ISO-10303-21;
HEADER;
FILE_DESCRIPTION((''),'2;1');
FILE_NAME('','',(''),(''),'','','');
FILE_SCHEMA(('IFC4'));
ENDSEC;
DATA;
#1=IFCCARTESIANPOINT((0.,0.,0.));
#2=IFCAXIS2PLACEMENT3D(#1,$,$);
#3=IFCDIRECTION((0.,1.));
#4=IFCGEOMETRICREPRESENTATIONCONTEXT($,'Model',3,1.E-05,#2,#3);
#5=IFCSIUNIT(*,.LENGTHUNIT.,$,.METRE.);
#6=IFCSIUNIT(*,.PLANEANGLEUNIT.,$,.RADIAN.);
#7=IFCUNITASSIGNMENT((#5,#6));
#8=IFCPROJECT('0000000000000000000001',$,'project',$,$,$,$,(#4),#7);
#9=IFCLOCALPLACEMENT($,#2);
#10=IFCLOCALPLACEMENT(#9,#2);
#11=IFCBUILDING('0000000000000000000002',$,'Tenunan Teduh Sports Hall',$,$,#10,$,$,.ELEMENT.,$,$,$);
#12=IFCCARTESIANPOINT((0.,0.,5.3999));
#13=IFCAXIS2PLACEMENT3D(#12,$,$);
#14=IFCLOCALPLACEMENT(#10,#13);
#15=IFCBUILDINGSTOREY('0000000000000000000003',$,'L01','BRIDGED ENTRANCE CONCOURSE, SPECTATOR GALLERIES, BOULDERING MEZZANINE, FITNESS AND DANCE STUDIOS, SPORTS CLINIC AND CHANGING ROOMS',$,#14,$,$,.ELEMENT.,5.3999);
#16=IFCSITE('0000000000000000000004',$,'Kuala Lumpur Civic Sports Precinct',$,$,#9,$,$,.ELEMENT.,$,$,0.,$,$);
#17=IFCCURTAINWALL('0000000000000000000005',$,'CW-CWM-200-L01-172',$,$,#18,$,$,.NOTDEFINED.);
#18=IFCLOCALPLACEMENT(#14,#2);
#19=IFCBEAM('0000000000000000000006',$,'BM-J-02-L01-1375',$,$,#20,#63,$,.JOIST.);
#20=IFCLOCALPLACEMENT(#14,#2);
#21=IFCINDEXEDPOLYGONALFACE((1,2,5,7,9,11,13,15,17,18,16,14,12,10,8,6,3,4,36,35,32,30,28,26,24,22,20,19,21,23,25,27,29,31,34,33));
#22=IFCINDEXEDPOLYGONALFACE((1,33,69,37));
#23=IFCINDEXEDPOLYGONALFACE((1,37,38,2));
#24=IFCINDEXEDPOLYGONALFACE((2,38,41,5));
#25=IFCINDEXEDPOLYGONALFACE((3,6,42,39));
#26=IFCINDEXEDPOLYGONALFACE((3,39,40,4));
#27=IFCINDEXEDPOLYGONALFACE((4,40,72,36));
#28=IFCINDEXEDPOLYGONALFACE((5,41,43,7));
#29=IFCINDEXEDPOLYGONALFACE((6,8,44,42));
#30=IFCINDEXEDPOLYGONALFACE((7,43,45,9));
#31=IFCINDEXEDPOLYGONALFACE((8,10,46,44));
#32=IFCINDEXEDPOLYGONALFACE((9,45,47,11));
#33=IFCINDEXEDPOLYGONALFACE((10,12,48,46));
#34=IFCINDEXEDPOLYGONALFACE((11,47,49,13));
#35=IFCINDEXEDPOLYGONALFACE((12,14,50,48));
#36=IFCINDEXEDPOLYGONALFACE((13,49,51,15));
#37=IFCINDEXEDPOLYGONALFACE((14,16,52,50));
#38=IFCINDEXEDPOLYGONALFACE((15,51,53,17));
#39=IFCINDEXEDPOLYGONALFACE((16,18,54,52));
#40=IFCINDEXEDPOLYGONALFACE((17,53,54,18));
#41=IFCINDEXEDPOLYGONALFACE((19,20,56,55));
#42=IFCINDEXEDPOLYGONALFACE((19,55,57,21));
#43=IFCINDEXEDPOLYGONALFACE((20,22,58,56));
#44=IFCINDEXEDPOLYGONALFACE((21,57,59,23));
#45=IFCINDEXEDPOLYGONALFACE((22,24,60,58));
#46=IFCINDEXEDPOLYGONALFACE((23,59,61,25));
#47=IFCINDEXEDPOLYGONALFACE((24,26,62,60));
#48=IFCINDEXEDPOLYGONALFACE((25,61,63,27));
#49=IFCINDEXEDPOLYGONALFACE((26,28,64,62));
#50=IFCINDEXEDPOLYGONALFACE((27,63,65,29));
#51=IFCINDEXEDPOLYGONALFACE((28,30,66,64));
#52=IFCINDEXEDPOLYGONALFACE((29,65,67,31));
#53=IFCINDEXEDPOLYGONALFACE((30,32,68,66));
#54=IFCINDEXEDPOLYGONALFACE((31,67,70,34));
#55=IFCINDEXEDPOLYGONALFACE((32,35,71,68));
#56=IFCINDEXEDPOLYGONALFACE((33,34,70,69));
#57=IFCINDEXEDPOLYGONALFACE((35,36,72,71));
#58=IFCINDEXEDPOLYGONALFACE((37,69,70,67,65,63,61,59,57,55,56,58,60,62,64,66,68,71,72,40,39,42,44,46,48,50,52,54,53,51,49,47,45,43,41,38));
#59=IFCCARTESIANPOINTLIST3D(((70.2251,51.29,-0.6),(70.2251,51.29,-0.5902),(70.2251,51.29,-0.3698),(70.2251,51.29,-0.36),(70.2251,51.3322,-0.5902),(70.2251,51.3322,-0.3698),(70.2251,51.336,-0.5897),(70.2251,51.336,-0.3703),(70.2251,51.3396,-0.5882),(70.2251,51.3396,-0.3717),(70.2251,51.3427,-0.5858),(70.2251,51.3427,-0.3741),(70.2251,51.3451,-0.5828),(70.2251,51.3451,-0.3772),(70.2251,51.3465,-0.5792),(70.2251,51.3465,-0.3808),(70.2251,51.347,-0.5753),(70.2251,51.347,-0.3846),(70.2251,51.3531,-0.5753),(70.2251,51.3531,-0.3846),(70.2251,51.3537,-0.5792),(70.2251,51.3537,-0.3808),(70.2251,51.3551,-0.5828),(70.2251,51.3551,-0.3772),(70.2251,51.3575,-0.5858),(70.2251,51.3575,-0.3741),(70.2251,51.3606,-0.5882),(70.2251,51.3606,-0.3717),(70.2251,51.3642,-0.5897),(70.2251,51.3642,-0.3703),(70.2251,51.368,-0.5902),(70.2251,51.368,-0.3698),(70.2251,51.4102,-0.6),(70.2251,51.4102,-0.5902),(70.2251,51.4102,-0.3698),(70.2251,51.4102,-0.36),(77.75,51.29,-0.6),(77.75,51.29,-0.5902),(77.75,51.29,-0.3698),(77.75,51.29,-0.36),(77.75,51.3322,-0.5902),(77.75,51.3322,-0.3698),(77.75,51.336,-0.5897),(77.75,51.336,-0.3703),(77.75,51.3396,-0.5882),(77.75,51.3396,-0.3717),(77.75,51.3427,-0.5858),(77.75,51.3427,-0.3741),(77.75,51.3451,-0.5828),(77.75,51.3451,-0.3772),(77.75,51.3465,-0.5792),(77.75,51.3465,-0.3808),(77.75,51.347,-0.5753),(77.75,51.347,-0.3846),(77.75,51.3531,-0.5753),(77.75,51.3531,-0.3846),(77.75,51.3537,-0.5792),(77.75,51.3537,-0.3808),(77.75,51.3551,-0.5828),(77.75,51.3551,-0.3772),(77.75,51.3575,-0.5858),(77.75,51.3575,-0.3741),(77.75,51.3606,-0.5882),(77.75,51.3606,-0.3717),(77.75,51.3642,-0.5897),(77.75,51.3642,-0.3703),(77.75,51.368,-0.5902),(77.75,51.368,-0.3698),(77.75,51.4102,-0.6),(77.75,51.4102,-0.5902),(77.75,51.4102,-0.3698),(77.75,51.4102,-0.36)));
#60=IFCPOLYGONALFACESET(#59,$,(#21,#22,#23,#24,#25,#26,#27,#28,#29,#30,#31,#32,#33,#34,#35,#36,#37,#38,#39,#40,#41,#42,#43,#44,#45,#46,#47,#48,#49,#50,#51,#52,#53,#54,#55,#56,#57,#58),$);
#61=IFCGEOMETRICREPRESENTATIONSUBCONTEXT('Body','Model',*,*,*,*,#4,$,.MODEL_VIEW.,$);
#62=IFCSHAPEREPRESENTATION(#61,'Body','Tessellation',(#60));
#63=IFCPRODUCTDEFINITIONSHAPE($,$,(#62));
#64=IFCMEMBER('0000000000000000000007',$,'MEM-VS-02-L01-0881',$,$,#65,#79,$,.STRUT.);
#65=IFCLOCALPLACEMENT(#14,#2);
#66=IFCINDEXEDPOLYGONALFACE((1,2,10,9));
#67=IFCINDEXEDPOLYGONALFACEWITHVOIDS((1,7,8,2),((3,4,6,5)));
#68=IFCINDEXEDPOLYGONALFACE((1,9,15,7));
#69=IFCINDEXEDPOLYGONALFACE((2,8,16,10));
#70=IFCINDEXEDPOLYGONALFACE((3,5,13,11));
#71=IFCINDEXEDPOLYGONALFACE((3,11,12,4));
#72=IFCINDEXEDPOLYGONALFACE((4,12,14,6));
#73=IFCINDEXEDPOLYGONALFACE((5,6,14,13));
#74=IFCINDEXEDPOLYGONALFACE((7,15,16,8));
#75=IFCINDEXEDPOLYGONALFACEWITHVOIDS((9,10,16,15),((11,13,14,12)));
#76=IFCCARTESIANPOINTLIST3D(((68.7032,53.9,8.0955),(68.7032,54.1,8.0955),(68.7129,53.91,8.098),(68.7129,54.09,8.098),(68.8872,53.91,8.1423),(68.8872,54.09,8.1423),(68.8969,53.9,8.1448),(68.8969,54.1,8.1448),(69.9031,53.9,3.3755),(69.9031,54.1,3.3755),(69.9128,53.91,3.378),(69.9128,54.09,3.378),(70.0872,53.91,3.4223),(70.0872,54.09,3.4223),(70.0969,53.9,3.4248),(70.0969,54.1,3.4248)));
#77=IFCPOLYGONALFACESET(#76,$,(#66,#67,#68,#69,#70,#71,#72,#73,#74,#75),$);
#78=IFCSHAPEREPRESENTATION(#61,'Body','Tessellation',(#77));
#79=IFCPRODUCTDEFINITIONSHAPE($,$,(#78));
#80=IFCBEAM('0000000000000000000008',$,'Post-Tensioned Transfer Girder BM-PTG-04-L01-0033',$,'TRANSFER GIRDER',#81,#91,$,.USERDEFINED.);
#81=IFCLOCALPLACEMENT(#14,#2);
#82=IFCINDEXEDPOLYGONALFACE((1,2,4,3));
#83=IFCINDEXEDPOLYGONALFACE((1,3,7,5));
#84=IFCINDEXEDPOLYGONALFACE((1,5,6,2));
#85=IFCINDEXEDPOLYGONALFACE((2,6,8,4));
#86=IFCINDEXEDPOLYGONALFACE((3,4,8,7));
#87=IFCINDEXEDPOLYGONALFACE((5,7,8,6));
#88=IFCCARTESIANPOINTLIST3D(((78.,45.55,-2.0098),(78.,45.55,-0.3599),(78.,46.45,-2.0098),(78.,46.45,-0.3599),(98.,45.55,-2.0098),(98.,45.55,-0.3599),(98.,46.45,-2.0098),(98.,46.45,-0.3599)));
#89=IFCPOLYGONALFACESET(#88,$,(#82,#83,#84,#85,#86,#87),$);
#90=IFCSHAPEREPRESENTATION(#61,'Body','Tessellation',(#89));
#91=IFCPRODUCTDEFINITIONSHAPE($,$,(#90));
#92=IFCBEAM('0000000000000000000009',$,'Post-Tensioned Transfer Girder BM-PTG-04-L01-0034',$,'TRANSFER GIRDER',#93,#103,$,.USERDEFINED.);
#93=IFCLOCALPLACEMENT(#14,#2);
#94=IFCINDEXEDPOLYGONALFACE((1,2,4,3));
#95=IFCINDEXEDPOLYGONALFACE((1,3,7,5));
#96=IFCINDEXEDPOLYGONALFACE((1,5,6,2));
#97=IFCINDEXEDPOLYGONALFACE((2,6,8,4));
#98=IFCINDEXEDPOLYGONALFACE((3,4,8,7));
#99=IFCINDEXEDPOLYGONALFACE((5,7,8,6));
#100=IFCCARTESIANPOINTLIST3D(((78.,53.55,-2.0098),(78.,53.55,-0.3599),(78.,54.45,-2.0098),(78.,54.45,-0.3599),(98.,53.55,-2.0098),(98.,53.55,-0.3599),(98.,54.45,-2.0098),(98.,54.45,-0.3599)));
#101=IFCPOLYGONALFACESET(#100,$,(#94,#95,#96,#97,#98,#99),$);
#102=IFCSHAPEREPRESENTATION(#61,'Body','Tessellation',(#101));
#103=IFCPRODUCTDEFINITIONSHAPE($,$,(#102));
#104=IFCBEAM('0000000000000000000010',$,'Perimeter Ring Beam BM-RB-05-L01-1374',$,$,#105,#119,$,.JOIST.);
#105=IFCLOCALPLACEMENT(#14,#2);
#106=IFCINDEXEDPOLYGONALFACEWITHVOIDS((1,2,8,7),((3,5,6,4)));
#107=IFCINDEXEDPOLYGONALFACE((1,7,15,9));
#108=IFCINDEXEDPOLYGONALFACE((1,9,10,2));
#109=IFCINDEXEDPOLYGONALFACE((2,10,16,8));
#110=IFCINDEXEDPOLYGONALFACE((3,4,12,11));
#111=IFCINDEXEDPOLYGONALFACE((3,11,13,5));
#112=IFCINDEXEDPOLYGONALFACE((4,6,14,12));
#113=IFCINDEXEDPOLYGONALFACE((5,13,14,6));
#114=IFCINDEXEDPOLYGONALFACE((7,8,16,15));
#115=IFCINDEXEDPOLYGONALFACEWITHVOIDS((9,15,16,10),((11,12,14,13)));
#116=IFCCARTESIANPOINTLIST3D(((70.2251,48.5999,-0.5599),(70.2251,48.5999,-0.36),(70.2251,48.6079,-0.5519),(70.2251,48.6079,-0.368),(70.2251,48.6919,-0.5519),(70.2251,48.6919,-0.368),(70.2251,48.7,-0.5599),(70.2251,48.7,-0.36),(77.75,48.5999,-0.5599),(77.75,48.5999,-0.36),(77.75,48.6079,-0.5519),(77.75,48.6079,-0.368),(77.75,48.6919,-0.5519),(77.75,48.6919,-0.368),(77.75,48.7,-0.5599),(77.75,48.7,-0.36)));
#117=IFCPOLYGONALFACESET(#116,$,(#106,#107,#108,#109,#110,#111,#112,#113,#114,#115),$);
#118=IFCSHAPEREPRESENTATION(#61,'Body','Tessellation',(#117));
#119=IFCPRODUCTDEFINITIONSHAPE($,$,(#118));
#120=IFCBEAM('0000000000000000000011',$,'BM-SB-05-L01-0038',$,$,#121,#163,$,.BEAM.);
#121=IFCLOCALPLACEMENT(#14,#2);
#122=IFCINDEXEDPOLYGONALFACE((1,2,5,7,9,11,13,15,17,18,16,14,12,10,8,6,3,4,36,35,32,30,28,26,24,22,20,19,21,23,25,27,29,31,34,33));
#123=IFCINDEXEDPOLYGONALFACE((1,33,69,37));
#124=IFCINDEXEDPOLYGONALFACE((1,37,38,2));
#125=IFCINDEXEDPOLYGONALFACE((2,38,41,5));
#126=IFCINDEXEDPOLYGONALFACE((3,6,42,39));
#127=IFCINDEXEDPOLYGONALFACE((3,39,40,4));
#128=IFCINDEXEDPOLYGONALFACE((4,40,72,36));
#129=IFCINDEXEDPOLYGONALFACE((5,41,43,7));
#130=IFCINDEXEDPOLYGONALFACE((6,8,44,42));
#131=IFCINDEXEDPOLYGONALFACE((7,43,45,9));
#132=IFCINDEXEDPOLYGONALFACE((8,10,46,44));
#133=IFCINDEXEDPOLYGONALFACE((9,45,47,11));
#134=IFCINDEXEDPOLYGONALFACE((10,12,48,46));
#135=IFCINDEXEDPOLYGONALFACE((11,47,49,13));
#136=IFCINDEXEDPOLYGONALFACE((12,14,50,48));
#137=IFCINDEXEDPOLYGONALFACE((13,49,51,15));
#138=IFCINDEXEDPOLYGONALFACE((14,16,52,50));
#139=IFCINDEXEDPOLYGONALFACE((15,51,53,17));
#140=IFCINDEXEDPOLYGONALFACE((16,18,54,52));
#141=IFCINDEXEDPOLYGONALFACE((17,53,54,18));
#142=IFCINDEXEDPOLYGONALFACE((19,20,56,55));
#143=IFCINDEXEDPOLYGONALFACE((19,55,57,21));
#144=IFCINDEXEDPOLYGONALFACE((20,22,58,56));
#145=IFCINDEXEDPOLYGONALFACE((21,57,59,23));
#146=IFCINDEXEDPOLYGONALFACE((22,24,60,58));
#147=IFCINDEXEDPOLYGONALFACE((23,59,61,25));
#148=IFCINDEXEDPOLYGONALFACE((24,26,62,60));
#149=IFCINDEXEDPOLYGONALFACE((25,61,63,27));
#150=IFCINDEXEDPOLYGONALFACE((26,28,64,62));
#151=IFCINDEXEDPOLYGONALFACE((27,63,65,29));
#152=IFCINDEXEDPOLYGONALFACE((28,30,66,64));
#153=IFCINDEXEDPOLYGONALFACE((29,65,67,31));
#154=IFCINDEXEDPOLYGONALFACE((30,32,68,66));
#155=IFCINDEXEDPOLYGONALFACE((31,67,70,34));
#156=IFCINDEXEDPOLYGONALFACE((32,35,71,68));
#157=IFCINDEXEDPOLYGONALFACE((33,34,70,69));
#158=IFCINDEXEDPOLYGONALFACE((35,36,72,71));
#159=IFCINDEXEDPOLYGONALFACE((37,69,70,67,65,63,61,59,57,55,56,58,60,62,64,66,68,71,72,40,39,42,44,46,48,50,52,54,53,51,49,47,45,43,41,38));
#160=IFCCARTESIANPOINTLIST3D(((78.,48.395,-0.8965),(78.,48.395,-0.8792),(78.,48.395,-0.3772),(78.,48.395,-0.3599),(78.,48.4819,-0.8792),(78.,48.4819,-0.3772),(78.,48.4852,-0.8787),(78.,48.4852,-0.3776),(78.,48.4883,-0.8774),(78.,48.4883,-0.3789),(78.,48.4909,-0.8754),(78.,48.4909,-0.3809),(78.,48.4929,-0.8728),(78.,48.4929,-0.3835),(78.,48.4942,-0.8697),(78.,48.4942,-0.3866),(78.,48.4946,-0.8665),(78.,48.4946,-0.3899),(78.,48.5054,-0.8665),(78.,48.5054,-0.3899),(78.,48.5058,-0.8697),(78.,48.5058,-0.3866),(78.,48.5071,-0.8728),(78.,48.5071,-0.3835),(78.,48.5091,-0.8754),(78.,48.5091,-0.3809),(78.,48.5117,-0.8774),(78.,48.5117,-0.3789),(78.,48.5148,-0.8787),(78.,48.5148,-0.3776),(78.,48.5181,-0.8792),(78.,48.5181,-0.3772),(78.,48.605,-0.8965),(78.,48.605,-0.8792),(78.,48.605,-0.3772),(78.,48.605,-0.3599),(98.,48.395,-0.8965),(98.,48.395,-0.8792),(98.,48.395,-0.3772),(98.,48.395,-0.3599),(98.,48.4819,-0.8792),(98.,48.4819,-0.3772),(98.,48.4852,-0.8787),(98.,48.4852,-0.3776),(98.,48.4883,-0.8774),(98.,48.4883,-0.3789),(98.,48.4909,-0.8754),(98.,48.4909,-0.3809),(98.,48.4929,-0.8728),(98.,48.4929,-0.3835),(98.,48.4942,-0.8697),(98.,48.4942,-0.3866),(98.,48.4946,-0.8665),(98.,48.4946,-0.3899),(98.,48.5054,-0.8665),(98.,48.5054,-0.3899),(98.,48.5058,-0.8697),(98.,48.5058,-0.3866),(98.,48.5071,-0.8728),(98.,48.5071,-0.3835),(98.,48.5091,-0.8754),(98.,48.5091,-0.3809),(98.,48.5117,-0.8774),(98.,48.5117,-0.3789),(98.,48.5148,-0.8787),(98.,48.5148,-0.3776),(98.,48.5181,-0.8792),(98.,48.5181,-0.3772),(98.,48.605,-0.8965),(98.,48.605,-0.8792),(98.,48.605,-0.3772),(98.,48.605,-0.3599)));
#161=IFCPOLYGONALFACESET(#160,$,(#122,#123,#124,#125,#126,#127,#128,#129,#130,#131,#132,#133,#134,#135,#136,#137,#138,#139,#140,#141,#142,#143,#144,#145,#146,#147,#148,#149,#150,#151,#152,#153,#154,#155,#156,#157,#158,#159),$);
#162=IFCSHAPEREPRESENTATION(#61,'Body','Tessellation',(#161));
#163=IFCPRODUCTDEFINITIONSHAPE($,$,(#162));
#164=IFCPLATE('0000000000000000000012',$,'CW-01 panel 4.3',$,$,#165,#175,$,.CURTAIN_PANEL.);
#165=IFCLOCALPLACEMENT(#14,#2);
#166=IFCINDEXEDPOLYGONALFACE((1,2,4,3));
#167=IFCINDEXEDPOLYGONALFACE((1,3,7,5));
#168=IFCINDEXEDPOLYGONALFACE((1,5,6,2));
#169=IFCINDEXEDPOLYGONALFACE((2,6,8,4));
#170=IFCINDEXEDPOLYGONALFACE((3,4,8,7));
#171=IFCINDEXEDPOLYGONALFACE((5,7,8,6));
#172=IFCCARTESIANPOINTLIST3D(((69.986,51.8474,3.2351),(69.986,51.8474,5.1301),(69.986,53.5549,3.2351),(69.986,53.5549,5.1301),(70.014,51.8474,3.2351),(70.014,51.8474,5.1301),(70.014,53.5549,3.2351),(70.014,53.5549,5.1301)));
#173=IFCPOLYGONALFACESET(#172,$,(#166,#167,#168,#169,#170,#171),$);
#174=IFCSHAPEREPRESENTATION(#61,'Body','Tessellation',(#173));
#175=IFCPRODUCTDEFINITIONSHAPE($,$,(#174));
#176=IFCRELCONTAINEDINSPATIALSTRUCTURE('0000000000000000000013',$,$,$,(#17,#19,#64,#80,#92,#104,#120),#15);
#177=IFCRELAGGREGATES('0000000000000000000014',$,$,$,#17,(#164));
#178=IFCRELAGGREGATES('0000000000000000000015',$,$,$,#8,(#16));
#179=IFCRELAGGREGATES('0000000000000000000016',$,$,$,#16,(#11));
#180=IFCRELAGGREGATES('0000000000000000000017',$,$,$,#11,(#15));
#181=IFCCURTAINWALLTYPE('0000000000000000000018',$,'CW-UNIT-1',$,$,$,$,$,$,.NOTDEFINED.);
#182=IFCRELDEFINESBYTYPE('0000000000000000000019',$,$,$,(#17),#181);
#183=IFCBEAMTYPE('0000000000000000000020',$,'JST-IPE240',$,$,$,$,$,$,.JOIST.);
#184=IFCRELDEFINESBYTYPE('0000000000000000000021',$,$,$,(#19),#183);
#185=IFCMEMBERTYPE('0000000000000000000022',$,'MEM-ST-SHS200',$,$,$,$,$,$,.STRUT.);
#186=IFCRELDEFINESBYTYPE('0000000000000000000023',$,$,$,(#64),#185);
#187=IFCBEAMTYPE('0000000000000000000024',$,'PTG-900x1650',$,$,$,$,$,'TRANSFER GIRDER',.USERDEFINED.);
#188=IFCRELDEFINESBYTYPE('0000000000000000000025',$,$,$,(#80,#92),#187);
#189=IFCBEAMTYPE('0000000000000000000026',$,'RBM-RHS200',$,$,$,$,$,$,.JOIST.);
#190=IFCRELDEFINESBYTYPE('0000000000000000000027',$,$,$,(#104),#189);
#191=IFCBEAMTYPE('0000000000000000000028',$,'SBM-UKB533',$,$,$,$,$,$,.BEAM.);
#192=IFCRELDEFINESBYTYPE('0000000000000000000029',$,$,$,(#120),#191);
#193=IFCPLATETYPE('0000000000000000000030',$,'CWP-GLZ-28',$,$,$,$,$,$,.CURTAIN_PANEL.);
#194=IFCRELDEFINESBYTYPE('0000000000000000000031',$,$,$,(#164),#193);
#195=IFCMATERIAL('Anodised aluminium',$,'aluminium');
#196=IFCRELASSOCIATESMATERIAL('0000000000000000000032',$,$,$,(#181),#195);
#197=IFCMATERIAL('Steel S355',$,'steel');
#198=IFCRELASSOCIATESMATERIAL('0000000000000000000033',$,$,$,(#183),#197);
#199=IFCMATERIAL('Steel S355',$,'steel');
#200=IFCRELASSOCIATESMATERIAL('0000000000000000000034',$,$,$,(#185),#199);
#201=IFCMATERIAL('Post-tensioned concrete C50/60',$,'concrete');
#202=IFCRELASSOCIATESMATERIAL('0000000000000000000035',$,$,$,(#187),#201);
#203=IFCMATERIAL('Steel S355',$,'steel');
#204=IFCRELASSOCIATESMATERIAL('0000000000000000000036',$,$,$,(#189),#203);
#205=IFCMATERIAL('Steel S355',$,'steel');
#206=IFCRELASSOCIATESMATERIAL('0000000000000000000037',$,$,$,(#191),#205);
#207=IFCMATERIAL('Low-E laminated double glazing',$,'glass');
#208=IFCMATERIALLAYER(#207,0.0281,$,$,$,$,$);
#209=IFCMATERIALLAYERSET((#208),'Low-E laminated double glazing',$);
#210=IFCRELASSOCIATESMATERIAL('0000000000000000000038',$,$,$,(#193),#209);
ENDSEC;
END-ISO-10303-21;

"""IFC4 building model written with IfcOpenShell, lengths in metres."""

from ifc_helpers import new_model, si_unit, direction, frame, origin, origin_2d, place, context, subcontext, project, spatial, rectangle, hollow_rectangle, i_section, extrude, material, layer, layer_set, material_profile, profile_set, type_object, element, aggregate, save


model = new_model("IFC4")

# Units and contexts
model_context = context("Model", 3, precision=1e-05, world=origin(), true_north=direction((0.0, 1.0)))
body_context = subcontext(model_context, "Body", "Model", "MODEL_VIEW")
ifc_project = project(units=[si_unit("LENGTHUNIT", "METRE"), si_unit("PLANEANGLEUNIT", "RADIAN")], contexts=[model_context])

# Site, building, storey
site_placement = place(None, origin())
site = spatial("IfcSite", under=ifc_project, at=site_placement, Name="Kuala Lumpur Civic Sports Precinct", CompositionType="ELEMENT", RefElevation=0.0)
building_placement = place(site_placement, origin())
building = spatial("IfcBuilding", under=site, at=building_placement, Name="Tenunan Teduh Sports Hall", CompositionType="ELEMENT")
storey_placement = place(building_placement, frame((0.0, 0.0, 5.3999)))
storey = spatial("IfcBuildingStorey", under=building, at=storey_placement, Name="L01", Description="BRIDGED ENTRANCE CONCOURSE, SPECTATOR GALLERIES, BOULDERING MEZZANINE, FITNESS AND DANCE STUDIOS, SPORTS CLINIC AND CHANGING ROOMS", CompositionType="ELEMENT", Elevation=5.3999)

# Curtain wall
ifc_material_1 = material(Name="Anodised aluminium", Category="aluminium")
curtain_wall_type = type_object("IfcCurtainWallType", Name="CW-UNIT-1", PredefinedType="NOTDEFINED", material=ifc_material_1)
curtain_wall_placement = place(storey_placement, origin())
curtain_wall = element("IfcCurtainWall", 1, at=curtain_wall_placement, inside=storey, type_object=curtain_wall_type, Name="CW-CWM-200-L01-172", PredefinedType="NOTDEFINED")

# Beam
ifc_material_2 = material(Name="Steel S355", Category="steel")
ifc_material_profile_1 = material_profile(ifc_material_2, i_section(OverallWidth=0.1201, OverallDepth=0.24, WebThickness=0.0061, FlangeThickness=0.0098, FilletRadius=0.0149, at=origin_2d()), Name="IPE 240")
ifc_profile_set_1 = profile_set([ifc_material_profile_1], Name="Steel S355")
beam_type_1 = type_object("IfcBeamType", Name="JST-IPE240", PredefinedType="JOIST", material=ifc_profile_set_1)
beam_1_placement = place(storey_placement, frame((70.2251, 51.3501, -0.48), z_axis=(1.0, 0.0, 0.0), x_axis=(0.0, 1.0, 0.0)))
element("IfcBeam", 2, at=beam_1_placement, inside=storey, type_object=beam_type_1, Name="BM-J-02-L01-1375", PredefinedType="JOIST", context=body_context, shape_type="SweptSolid", body=[
    extrude(i_section(OverallWidth=0.1201, OverallDepth=0.24, WebThickness=0.0061, FlangeThickness=0.0098, FilletRadius=0.0149, at=origin_2d()), origin(), (0.0, 0.0, 1.0), 7.5249),
])

# Member
ifc_material_3 = material(Name="Steel S355", Category="steel")
ifc_material_profile_2 = material_profile(ifc_material_3, hollow_rectangle(XDim=0.2, YDim=0.2, WallThickness=0.01, at=origin_2d()), Name="SHS 200x200x10.0")
ifc_profile_set_2 = profile_set([ifc_material_profile_2], Name="Steel S355")
member_type_1 = type_object("IfcMemberType", Name="MEM-ST-SHS200", PredefinedType="STRUT", material=ifc_profile_set_2)
member_1_placement = place(storey_placement, frame((70.0, 54.0, 3.4001), z_axis=(-0.246391, 0.0, 0.969171), x_axis=(0.0, -1.0, 0.0)))
element("IfcMember", 3, at=member_1_placement, inside=storey, type_object=member_type_1, Name="MEM-VS-02-L01-0881", PredefinedType="STRUT", context=body_context, shape_type="SweptSolid", body=[
    extrude(hollow_rectangle(XDim=0.2, YDim=0.2, WallThickness=0.01, at=origin_2d()), origin(), (0.0, 0.0, 1.0), 4.8701),
])

# Beams
ifc_material_4 = material(Name="Post-tensioned concrete C50/60", Category="concrete")
ifc_material_profile_3 = material_profile(ifc_material_4, rectangle(XDim=0.8999, YDim=1.6499, at=origin_2d()), Name="PTG 900x1650")
ifc_profile_set_3 = profile_set([ifc_material_profile_3], Name="Post-tensioned concrete C50/60")
beam_type_2 = type_object("IfcBeamType", Name="PTG-900x1650", ElementType="TRANSFER GIRDER", PredefinedType="USERDEFINED", material=ifc_profile_set_3)
for number, where, z_axis, x_axis, name in (
    (4, (78.0, 46.0, -1.1848), (1.0, 0.0, 0.0), (0.0, 1.0, 0.0), "Post-Tensioned Transfer Girder BM-PTG-04-L01-0033"),
    (5, (78.0, 54.0, -1.1848), (1.0, 0.0, 0.0), (0.0, 1.0, 0.0), "Post-Tensioned Transfer Girder BM-PTG-04-L01-0034"),
):
    element("IfcBeam", number, at=place(storey_placement, frame(where, z_axis=z_axis, x_axis=x_axis)), inside=storey, type_object=beam_type_2, Name=name, ObjectType="TRANSFER GIRDER", PredefinedType="USERDEFINED", context=body_context, shape_type="SweptSolid", body=[
        extrude(rectangle(XDim=0.8999, YDim=1.6499, at=origin_2d()), origin(), (0.0, 0.0, 1.0), 20.0),
    ])
ifc_material_5 = material(Name="Steel S355", Category="steel")
ifc_material_profile_4 = material_profile(ifc_material_5, hollow_rectangle(XDim=0.1001, YDim=0.2, WallThickness=0.0081, at=origin_2d()), Name="RHS 200x100x8.0")
ifc_profile_set_4 = profile_set([ifc_material_profile_4], Name="Steel S355")
beam_type_3 = type_object("IfcBeamType", Name="RBM-RHS200", PredefinedType="JOIST", material=ifc_profile_set_4)
beam_2_placement = place(storey_placement, frame((70.2251, 48.6499, -0.46), z_axis=(1.0, 0.0, 0.0), x_axis=(0.0, 1.0, 0.0)))
element("IfcBeam", 6, at=beam_2_placement, inside=storey, type_object=beam_type_3, Name="Perimeter Ring Beam BM-RB-05-L01-1374", PredefinedType="JOIST", context=body_context, shape_type="SweptSolid", body=[
    extrude(hollow_rectangle(XDim=0.1001, YDim=0.2, WallThickness=0.0081, at=origin_2d()), origin(), (0.0, 0.0, 1.0), 7.5249),
])
ifc_material_6 = material(Name="Steel S355", Category="steel")
ifc_material_profile_5 = material_profile(ifc_material_6, i_section(OverallWidth=0.21, OverallDepth=0.5366, WebThickness=0.0107, FlangeThickness=0.0173, FilletRadius=0.0127, at=origin_2d()), Name="UKB 533x210x101")
ifc_profile_set_5 = profile_set([ifc_material_profile_5], Name="Steel S355")
beam_type_4 = type_object("IfcBeamType", Name="SBM-UKB533", PredefinedType="BEAM", material=ifc_profile_set_5)
beam_3_placement = place(storey_placement, frame((78.0, 48.5, -0.6282), z_axis=(1.0, 0.0, 0.0), x_axis=(0.0, 1.0, 0.0)))
element("IfcBeam", 7, at=beam_3_placement, inside=storey, type_object=beam_type_4, Name="BM-SB-05-L01-0038", PredefinedType="BEAM", context=body_context, shape_type="SweptSolid", body=[
    extrude(i_section(OverallWidth=0.21, OverallDepth=0.5366, WebThickness=0.0107, FlangeThickness=0.0173, FilletRadius=0.0127, at=origin_2d()), origin(), (0.0, 0.0, 1.0), 20.0),
])

# Plate
ifc_material_7 = material(Name="Low-E laminated double glazing", Category="glass")
ifc_layer_1 = layer(ifc_material_7, 0.0281)
ifc_layer_set_1 = layer_set([ifc_layer_1], Name="Low-E laminated double glazing")
plate_type = type_object("IfcPlateType", Name="CWP-GLZ-28", PredefinedType="CURTAIN_PANEL", material=ifc_layer_set_1)
plate_placement = place(storey_placement, frame((70.0, 52.7012, 3.2351), z_axis=(0.0, 0.0, 1.0), x_axis=(0.0, 1.0, 0.0)))
plate = element("IfcPlate", 8, at=plate_placement, type_object=plate_type, Name="CW-01 panel 4.3", PredefinedType="CURTAIN_PANEL", context=body_context, shape_type="SweptSolid", body=[
    extrude(rectangle(XDim=1.7075, YDim=0.0281, at=origin_2d()), origin(), (0.0, 0.0, 1.0), 1.895),
])
aggregate(curtain_wall, [plate])

save(model, "model.ifc")
